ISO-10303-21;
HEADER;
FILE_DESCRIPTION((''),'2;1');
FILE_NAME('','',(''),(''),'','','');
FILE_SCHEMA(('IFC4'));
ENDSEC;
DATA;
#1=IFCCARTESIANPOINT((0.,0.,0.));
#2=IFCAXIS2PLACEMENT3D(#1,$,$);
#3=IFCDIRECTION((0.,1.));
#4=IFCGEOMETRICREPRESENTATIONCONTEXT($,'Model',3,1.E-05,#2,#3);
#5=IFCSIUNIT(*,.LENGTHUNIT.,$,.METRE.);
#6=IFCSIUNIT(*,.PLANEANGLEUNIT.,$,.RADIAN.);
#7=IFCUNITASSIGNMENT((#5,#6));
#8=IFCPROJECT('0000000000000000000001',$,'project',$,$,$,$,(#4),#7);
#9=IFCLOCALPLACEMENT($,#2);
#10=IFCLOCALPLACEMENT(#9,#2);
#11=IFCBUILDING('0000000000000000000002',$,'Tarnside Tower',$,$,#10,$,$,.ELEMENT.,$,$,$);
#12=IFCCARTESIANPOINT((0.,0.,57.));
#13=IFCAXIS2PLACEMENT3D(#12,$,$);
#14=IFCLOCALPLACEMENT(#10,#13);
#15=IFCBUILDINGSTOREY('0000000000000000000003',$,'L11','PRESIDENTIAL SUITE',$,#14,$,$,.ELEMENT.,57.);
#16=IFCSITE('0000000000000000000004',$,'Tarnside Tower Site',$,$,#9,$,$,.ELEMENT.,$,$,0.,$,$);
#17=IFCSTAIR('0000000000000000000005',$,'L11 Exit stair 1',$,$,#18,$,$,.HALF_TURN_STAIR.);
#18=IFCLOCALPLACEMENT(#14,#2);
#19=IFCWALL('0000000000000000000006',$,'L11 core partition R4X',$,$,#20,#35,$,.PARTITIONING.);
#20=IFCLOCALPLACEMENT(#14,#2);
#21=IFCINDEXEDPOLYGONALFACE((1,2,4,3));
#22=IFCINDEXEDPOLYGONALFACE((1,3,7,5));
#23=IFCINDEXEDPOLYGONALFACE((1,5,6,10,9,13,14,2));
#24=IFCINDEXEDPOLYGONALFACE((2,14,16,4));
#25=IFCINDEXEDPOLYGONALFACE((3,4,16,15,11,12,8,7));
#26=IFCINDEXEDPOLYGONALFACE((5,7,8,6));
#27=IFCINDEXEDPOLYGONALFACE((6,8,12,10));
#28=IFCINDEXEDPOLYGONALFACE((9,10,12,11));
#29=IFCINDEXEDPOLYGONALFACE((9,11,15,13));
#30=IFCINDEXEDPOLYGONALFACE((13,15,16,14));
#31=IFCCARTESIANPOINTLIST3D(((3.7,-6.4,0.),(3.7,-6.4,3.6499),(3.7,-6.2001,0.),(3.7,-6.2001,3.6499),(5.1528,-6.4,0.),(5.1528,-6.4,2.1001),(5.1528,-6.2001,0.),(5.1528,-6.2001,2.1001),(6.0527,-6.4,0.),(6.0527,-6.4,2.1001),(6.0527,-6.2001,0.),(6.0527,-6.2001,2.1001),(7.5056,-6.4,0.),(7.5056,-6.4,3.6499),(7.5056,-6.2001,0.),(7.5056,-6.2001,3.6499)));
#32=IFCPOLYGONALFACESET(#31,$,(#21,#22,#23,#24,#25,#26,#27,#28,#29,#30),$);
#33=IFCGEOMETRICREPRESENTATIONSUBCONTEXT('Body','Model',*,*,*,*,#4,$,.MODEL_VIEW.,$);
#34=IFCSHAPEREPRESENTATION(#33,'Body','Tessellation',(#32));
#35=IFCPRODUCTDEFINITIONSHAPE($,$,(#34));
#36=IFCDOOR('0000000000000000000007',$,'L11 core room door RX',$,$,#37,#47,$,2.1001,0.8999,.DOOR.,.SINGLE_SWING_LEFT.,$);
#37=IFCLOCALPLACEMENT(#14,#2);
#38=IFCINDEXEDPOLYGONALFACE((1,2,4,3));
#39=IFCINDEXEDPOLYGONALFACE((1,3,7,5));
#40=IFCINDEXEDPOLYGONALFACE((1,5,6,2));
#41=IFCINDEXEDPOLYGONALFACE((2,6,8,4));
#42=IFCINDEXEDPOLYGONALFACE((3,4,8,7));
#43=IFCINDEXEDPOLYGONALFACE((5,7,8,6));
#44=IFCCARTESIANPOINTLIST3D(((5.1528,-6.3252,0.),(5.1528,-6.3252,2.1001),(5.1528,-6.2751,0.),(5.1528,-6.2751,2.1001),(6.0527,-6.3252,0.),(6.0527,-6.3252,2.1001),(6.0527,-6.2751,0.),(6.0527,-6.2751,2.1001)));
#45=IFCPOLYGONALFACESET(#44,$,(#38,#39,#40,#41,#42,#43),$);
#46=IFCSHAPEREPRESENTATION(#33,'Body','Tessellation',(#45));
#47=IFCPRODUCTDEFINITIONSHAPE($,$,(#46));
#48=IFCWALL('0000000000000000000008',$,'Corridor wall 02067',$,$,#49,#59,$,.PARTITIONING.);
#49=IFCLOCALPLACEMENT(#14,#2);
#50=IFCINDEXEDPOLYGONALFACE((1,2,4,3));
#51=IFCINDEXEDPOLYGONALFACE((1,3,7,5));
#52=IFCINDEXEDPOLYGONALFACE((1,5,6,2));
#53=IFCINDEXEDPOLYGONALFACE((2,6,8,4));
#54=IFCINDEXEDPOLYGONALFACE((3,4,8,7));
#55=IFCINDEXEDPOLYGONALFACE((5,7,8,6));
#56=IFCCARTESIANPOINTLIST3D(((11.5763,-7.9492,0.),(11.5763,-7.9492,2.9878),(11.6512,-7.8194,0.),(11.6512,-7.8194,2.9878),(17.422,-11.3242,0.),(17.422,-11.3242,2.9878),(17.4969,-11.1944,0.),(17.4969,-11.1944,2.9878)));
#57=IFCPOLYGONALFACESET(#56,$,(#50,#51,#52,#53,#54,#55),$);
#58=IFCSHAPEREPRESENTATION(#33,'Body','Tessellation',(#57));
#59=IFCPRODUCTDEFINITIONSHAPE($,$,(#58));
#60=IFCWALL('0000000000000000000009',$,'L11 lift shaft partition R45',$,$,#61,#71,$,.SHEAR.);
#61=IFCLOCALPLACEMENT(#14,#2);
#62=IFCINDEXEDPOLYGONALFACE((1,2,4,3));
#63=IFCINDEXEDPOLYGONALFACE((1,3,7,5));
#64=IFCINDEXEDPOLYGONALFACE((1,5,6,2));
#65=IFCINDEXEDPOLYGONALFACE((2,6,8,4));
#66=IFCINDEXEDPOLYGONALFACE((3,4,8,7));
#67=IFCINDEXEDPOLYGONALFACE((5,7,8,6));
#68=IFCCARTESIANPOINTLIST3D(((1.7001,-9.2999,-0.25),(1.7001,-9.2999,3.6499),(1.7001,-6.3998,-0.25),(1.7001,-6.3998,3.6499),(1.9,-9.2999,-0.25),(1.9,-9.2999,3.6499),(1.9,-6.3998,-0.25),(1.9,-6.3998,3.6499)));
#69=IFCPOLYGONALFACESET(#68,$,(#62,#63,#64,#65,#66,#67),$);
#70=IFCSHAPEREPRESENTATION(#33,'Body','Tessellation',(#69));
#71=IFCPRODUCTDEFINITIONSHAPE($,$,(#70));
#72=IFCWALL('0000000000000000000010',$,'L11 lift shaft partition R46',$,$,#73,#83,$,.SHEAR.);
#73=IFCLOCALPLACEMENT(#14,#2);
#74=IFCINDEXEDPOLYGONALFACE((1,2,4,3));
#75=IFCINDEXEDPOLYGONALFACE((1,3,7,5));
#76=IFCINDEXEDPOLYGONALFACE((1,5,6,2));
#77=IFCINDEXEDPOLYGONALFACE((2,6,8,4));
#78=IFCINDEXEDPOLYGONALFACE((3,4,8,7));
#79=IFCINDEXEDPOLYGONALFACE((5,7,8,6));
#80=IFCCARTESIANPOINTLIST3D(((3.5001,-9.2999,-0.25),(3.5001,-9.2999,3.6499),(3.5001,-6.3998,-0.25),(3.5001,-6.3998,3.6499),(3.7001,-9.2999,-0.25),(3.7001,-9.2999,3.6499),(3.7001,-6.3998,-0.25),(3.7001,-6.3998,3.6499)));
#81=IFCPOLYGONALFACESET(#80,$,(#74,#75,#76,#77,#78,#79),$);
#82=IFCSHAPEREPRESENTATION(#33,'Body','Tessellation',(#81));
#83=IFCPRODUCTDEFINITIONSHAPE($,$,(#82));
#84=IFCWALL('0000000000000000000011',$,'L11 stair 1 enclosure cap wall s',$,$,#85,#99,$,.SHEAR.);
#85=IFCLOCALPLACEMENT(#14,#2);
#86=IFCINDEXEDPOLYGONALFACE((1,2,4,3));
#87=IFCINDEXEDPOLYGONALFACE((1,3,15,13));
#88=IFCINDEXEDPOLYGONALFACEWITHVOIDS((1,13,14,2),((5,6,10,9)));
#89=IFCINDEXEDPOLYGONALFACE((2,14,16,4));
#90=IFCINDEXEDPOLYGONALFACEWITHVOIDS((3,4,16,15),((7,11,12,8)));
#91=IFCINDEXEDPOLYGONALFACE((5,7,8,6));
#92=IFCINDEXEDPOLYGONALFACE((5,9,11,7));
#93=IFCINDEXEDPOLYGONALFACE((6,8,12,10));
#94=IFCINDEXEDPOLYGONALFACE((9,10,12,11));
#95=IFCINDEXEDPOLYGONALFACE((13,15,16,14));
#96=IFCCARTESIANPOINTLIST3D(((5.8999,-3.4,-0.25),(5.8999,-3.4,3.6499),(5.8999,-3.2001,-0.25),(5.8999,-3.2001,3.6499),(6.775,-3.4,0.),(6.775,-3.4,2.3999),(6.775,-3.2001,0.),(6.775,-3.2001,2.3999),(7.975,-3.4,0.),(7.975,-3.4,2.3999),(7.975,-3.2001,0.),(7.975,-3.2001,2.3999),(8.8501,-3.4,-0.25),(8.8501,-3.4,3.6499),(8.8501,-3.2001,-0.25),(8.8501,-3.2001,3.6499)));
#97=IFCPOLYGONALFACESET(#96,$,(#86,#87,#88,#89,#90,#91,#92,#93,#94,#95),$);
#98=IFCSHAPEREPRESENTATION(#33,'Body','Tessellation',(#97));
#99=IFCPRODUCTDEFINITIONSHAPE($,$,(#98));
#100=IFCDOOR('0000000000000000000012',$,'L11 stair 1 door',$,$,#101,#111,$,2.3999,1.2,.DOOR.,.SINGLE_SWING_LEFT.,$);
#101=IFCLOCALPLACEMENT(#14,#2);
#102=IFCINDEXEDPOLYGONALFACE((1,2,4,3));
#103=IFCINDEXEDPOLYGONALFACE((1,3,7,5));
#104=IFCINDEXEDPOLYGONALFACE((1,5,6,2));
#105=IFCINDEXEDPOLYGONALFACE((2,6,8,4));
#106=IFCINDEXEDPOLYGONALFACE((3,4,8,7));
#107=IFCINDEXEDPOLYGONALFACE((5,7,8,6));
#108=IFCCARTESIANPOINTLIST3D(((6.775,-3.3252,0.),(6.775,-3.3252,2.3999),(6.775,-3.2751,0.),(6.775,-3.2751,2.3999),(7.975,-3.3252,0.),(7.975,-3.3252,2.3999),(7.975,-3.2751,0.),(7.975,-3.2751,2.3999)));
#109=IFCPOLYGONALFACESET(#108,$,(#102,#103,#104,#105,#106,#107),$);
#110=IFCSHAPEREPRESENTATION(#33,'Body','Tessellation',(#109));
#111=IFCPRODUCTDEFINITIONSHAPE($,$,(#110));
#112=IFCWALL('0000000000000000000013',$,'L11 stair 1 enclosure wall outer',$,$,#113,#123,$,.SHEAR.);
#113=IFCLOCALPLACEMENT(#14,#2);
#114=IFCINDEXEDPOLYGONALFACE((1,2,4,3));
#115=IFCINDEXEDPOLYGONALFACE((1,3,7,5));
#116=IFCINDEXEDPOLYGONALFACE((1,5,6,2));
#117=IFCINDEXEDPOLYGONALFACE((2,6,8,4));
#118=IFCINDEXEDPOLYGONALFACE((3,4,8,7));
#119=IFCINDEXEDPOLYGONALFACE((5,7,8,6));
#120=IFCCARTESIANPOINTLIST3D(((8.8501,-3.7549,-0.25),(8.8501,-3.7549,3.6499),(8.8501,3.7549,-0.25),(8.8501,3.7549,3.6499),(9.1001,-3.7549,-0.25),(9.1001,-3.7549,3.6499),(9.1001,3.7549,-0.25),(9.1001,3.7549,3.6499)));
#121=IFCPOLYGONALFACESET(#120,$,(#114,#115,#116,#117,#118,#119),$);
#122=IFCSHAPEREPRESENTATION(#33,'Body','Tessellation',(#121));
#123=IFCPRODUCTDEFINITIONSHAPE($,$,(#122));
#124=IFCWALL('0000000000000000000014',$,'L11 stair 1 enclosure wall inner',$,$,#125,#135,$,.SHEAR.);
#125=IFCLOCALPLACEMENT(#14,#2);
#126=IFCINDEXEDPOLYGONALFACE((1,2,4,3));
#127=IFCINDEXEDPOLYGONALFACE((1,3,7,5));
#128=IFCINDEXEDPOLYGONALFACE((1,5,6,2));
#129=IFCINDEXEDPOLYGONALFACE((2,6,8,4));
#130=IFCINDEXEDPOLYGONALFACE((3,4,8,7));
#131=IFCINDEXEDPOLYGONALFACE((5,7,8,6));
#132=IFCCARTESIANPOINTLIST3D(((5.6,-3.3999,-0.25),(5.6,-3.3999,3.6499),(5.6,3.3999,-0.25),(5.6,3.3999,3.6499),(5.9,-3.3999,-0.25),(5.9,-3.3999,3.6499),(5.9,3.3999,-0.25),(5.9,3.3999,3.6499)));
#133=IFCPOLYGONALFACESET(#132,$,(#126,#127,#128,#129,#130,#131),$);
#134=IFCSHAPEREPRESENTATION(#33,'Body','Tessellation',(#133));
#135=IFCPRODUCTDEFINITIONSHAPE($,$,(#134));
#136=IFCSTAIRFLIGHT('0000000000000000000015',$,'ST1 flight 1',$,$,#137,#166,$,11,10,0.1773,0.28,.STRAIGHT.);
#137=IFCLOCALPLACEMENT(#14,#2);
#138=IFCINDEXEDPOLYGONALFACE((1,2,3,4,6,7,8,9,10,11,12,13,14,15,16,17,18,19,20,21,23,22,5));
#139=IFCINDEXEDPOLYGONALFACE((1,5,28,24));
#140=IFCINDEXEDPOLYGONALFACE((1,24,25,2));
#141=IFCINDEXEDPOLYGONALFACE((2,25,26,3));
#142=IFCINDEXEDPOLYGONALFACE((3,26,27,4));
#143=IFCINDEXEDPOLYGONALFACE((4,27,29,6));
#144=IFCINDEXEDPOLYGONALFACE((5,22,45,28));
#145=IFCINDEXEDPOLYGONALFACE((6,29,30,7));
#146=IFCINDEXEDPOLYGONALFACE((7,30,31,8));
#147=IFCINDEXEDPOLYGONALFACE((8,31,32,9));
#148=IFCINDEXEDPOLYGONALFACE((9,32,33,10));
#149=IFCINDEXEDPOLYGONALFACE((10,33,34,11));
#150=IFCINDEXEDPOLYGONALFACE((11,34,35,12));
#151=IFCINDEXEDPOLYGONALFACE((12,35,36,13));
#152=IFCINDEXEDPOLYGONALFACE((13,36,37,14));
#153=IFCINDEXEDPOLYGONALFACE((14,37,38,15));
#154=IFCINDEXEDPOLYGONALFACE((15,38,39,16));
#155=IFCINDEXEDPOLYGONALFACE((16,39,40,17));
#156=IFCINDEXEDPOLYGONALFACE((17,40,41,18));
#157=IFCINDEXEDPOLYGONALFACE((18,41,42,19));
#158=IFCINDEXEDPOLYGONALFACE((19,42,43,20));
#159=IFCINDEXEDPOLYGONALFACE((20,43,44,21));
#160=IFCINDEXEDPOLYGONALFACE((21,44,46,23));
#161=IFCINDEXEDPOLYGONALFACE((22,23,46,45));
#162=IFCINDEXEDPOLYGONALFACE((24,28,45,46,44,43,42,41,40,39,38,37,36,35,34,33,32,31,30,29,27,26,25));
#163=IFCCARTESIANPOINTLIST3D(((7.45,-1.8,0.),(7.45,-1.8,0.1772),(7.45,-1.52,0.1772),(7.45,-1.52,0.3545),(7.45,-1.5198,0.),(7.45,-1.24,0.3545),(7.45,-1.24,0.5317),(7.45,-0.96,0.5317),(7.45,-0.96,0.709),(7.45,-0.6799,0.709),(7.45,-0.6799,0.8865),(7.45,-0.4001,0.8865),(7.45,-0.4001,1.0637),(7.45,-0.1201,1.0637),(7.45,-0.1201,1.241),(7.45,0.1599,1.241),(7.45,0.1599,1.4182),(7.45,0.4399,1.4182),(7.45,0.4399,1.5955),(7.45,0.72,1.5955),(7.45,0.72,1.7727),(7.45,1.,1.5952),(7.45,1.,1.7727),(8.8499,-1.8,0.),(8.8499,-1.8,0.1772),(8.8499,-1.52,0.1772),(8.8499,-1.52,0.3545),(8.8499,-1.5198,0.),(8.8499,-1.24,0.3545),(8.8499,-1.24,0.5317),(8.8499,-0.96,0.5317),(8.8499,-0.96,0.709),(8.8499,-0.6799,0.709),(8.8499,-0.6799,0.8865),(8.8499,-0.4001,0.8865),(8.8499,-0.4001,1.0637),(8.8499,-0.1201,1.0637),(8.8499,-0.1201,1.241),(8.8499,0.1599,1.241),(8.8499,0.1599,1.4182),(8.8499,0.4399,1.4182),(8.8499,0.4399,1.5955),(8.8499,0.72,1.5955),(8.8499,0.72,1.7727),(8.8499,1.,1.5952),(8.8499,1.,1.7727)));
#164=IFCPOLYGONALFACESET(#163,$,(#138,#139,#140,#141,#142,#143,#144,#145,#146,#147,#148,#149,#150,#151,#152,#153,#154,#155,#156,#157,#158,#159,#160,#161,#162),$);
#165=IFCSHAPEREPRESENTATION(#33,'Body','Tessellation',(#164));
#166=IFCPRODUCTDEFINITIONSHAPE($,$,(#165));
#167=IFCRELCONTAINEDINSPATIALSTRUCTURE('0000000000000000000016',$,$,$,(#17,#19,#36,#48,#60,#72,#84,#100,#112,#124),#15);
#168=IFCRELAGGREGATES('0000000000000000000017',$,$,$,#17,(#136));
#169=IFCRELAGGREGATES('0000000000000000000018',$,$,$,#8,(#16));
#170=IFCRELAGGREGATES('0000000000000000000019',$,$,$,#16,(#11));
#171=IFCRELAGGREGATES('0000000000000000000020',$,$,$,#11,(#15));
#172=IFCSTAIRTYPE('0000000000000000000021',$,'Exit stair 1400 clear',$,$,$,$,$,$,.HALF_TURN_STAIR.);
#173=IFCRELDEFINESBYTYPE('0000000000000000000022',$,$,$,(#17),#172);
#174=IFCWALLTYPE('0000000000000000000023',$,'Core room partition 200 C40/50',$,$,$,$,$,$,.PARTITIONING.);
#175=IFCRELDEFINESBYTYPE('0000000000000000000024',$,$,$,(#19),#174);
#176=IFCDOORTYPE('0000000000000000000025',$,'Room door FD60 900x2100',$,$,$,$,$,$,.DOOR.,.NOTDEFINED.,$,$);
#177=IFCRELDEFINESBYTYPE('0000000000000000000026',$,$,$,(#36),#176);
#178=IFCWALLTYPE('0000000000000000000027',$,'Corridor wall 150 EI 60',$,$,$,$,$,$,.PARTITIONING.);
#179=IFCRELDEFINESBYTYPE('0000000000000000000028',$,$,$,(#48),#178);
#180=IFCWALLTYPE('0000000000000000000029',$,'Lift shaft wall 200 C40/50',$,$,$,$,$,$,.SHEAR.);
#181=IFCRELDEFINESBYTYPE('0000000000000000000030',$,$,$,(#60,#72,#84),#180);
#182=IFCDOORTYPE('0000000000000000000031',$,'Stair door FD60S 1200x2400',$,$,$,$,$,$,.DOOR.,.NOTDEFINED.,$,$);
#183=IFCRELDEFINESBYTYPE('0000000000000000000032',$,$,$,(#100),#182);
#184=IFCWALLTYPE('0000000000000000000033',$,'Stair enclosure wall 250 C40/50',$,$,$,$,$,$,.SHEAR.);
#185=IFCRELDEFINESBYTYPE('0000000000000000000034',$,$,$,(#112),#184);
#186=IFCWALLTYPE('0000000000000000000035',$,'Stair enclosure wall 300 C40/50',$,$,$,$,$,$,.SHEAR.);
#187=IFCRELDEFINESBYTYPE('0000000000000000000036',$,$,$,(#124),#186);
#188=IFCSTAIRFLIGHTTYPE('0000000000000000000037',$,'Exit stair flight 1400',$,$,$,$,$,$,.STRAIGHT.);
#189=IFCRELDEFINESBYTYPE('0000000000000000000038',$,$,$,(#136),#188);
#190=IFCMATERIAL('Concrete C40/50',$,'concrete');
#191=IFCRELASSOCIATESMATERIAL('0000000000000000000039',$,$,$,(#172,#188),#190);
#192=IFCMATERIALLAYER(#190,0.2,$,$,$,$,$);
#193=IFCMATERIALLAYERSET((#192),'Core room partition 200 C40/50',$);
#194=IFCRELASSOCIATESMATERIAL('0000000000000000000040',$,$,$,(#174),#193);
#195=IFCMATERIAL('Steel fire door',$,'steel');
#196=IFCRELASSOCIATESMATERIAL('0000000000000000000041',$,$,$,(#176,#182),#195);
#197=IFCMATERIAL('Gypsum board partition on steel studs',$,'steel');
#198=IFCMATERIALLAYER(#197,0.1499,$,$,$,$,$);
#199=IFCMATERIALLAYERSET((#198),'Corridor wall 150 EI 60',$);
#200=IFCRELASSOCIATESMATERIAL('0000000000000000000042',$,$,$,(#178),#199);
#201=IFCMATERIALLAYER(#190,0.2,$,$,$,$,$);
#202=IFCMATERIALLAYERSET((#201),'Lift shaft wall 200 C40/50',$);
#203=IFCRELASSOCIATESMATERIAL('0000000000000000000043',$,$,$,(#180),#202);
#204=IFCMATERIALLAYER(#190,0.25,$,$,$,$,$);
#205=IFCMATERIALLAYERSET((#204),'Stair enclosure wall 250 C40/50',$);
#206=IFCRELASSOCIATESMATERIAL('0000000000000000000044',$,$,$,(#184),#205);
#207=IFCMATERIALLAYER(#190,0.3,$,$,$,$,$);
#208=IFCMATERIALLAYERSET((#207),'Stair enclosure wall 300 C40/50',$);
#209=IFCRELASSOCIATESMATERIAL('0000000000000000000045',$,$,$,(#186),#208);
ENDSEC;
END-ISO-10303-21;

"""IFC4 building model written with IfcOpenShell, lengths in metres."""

from ifc_helpers import new_model, si_unit, direction, frame, frame_2d, origin, place, context, subcontext, project, spatial, polyline, rectangle, outline, extrude, material, layer, layer_set, type_object, element, fill, aggregate, save


model = new_model("IFC4")

# Units and contexts
model_context = context("Model", 3, precision=1e-05, world=origin(), true_north=direction((0.0, 1.0)))
body_context = subcontext(model_context, "Body", "Model", "MODEL_VIEW")
ifc_project = project(units=[si_unit("LENGTHUNIT", "METRE"), si_unit("PLANEANGLEUNIT", "RADIAN")], contexts=[model_context])

# Site, building, storey
site_placement = place(None, origin())
site = spatial("IfcSite", under=ifc_project, at=site_placement, Name="Tarnside Tower Site", CompositionType="ELEMENT", RefElevation=0.0)
building_placement = place(site_placement, origin())
building = spatial("IfcBuilding", under=site, at=building_placement, Name="Tarnside Tower", CompositionType="ELEMENT")
storey_placement = place(building_placement, frame((0.0, 0.0, 57.0)))
storey = spatial("IfcBuildingStorey", under=building, at=storey_placement, Name="L11", Description="PRESIDENTIAL SUITE", CompositionType="ELEMENT", Elevation=57.0)

# Shared definitions
ifc_material_1 = material(Name="Concrete C40/50", Category="concrete")

# Stair
stair_type = type_object("IfcStairType", Name="Exit stair 1400 clear", PredefinedType="HALF_TURN_STAIR", material=ifc_material_1)
stair_1_placement = place(storey_placement, origin())
stair_1 = element("IfcStair", 1, at=stair_1_placement, inside=storey, type_object=stair_type, Name="L11 Exit stair 1", PredefinedType="HALF_TURN_STAIR")

# Wall, opening, door
ifc_layer_1 = layer(ifc_material_1, 0.2)
ifc_layer_set_1 = layer_set([ifc_layer_1], Name="Core room partition 200 C40/50")
wall_type_1 = type_object("IfcWallType", Name="Core room partition 200 C40/50", PredefinedType="PARTITIONING", material=ifc_layer_set_1)
ifc_material_2 = material(Name="Steel fire door", Category="steel")
door_type_1 = type_object("IfcDoorType", Name="Room door FD60 900x2100", OperationType="NOTDEFINED", PredefinedType="DOOR", material=ifc_material_2)
wall_1_placement = place(storey_placement, frame((3.7, -6.3, 0.0), z_axis=(0.0, 0.0, 1.0), x_axis=(1.0, 0.0, 0.0)))
wall_1 = element("IfcWall", 2, at=wall_1_placement, inside=storey, type_object=wall_type_1, Name="L11 core partition R4X", PredefinedType="PARTITIONING", context=body_context, shape_type="SweptSolid", body=[
    extrude(rectangle(XDim=3.8057, YDim=0.2, at=frame_2d((1.9028, 0.0))), origin(), (0.0, 0.0, 1.0), 3.6499),
])
opening_1_placement = place(wall_1_placement, frame((1.4529, 0.0, 0.0)))
opening_1 = element("IfcOpeningElement", 3, at=opening_1_placement, cuts=wall_1, PredefinedType="OPENING", context=body_context, shape_type="SweptSolid", body=[
    extrude(rectangle(XDim=0.8999, YDim=2.1001, at=frame_2d((0.45, 1.05))), frame((0.0, 0.1099, 0.0), z_axis=(0.0, -1.0, 0.0), x_axis=(1.0, 0.0, 0.0)), (0.0, 0.0, 1.0), 0.22),
])
door_1_placement = place(opening_1_placement, origin())
door_1 = element("IfcDoor", 4, at=door_1_placement, inside=storey, type_object=door_type_1, Name="L11 core room door RX", OperationType="SINGLE_SWING_LEFT", OverallHeight=2.1001, OverallWidth=0.8999, PredefinedType="DOOR", context=body_context, shape_type="SweptSolid", body=[
    extrude(rectangle(XDim=0.8999, YDim=2.1001, at=frame_2d((0.45, 1.05))), frame((0.0, 0.0249, 0.0), z_axis=(0.0, -1.0, 0.0), x_axis=(1.0, 0.0, 0.0)), (0.0, 0.0, 1.0), 0.05),
])
fill(opening_1, door_1)

# Walls
ifc_material_3 = material(Name="Gypsum board partition on steel studs", Category="steel")
ifc_layer_2 = layer(ifc_material_3, 0.1499)
ifc_layer_set_2 = layer_set([ifc_layer_2], Name="Corridor wall 150 EI 60")
wall_type_2 = type_object("IfcWallType", Name="Corridor wall 150 EI 60", PredefinedType="PARTITIONING", material=ifc_layer_set_2)
wall_2_placement = place(storey_placement, frame((11.6138, -7.8843, 0.0), z_axis=(0.0, 0.0, 1.0), x_axis=(0.866027, -0.499998, 0.0)))
element("IfcWall", 5, at=wall_2_placement, inside=storey, type_object=wall_type_2, Name="Corridor wall 02067", PredefinedType="PARTITIONING", context=body_context, shape_type="SweptSolid", body=[
    extrude(rectangle(XDim=6.75, YDim=0.1499, at=frame_2d((3.375, 0.0))), origin(), (0.0, 0.0, 1.0), 2.9878),
])
ifc_layer_3 = layer(ifc_material_1, 0.2)
ifc_layer_set_3 = layer_set([ifc_layer_3], Name="Lift shaft wall 200 C40/50")
wall_type_3 = type_object("IfcWallType", Name="Lift shaft wall 200 C40/50", PredefinedType="SHEAR", material=ifc_layer_set_3)
for number, where, z_axis, x_axis, name in (
    (6, (1.8, -9.3, -0.25), (0.0, 0.0, 1.0), (0.0, 1.0, 0.0), "L11 lift shaft partition R45"),
    (7, (3.6001, -9.3, -0.25), (0.0, 0.0, 1.0), (0.0, 1.0, 0.0), "L11 lift shaft partition R46"),
):
    element("IfcWall", number, at=place(storey_placement, frame(where, z_axis=z_axis, x_axis=x_axis)), inside=storey, type_object=wall_type_3, Name=name, PredefinedType="SHEAR", context=body_context, shape_type="SweptSolid", body=[
        extrude(rectangle(XDim=2.9001, YDim=0.2, at=frame_2d((1.4502, 0.0))), origin(), (0.0, 0.0, 1.0), 3.8999),
    ])

# Wall, opening, door
wall_3_placement = place(storey_placement, frame((5.8999, -3.3, -0.25), z_axis=(0.0, 0.0, 1.0), x_axis=(1.0, 0.0, 0.0)))
wall_3 = element("IfcWall", 8, at=wall_3_placement, inside=storey, type_object=wall_type_3, Name="L11 stair 1 enclosure cap wall s", PredefinedType="SHEAR", context=body_context, shape_type="SweptSolid", body=[
    extrude(rectangle(XDim=2.9502, YDim=0.2, at=frame_2d((1.4751, 0.0))), origin(), (0.0, 0.0, 1.0), 3.8999),
])
opening_2_placement = place(wall_3_placement, frame((0.875, 0.0, 0.25)))
opening_2 = element("IfcOpeningElement", 9, at=opening_2_placement, cuts=wall_3, PredefinedType="OPENING", context=body_context, shape_type="SweptSolid", body=[
    extrude(rectangle(XDim=1.2, YDim=2.3999, at=frame_2d((0.6001, 1.2))), frame((0.0, 0.1099, 0.0), z_axis=(0.0, -1.0, 0.0), x_axis=(1.0, 0.0, 0.0)), (0.0, 0.0, 1.0), 0.22),
])
door_type_2 = type_object("IfcDoorType", Name="Stair door FD60S 1200x2400", OperationType="NOTDEFINED", PredefinedType="DOOR", material=ifc_material_2)
door_2_placement = place(opening_2_placement, origin())
door_2 = element("IfcDoor", 10, at=door_2_placement, inside=storey, type_object=door_type_2, Name="L11 stair 1 door", OperationType="SINGLE_SWING_LEFT", OverallHeight=2.3999, OverallWidth=1.2, PredefinedType="DOOR", context=body_context, shape_type="SweptSolid", body=[
    extrude(rectangle(XDim=1.2, YDim=2.3999, at=frame_2d((0.6001, 1.2))), frame((0.0, 0.0249, 0.0), z_axis=(0.0, -1.0, 0.0), x_axis=(1.0, 0.0, 0.0)), (0.0, 0.0, 1.0), 0.05),
])
fill(opening_2, door_2)

# Walls
ifc_layer_4 = layer(ifc_material_1, 0.25)
ifc_layer_set_4 = layer_set([ifc_layer_4], Name="Stair enclosure wall 250 C40/50")
wall_type_4 = type_object("IfcWallType", Name="Stair enclosure wall 250 C40/50", PredefinedType="SHEAR", material=ifc_layer_set_4)
wall_4_placement = place(storey_placement, frame((8.9751, -3.7549, -0.25), z_axis=(0.0, 0.0, 1.0), x_axis=(0.0, 1.0, 0.0)))
element("IfcWall", 11, at=wall_4_placement, inside=storey, type_object=wall_type_4, Name="L11 stair 1 enclosure wall outer", PredefinedType="SHEAR", context=body_context, shape_type="SweptSolid", body=[
    extrude(rectangle(XDim=7.5098, YDim=0.25, at=frame_2d((3.7549, 0.0))), origin(), (0.0, 0.0, 1.0), 3.8999),
])
ifc_layer_5 = layer(ifc_material_1, 0.3)
ifc_layer_set_5 = layer_set([ifc_layer_5], Name="Stair enclosure wall 300 C40/50")
wall_type_5 = type_object("IfcWallType", Name="Stair enclosure wall 300 C40/50", PredefinedType="SHEAR", material=ifc_layer_set_5)
wall_5_placement = place(storey_placement, frame((5.75, -3.3999, -0.25), z_axis=(0.0, 0.0, 1.0), x_axis=(0.0, 1.0, 0.0)))
element("IfcWall", 12, at=wall_5_placement, inside=storey, type_object=wall_type_5, Name="L11 stair 1 enclosure wall inner", PredefinedType="SHEAR", context=body_context, shape_type="SweptSolid", body=[
    extrude(rectangle(XDim=6.7998, YDim=0.3, at=frame_2d((3.3999, 0.0))), origin(), (0.0, 0.0, 1.0), 3.8999),
])

# Stair flight
stair_flight_type = type_object("IfcStairFlightType", Name="Exit stair flight 1400", PredefinedType="STRAIGHT", material=ifc_material_1)
stair_flight_placement = place(storey_placement, frame((8.1499, -1.8, 0.0), z_axis=(0.0, 0.0, 1.0), x_axis=(0.0, 1.0, 0.0)))
stair_flight = element("IfcStairFlight", 13, at=stair_flight_placement, type_object=stair_flight_type, Name="ST1 flight 1", NumberOfRisers=11, NumberOfTreads=10, PredefinedType="STRAIGHT", RiserHeight=0.1773, TreadLength=0.28, context=body_context, shape_type="SweptSolid", body=[
    extrude(outline(polyline([(0.0, 0.0), (0.0, 0.1772), (0.28, 0.1772), (0.28, 0.3545), (0.5601, 0.3545), (0.5601, 0.5317), (0.8401, 0.5317), (0.8401, 0.709), (1.1201, 0.709), (1.1201, 0.8865), (1.3999, 0.8865), (1.3999, 1.0637), (1.6799, 1.0637), (1.6799, 1.241), (1.96, 1.241), (1.96, 1.4182), (2.24, 1.4182), (2.24, 1.5955), (2.52, 1.5955), (2.52, 1.7727), (2.8, 1.7727), (2.8, 1.95), (2.8, 1.5952), (0.2803, 0.0), (0.0, 0.0)])), frame((0.0, 0.7, 0.0), z_axis=(0.0, -1.0, 0.0), x_axis=(1.0, 0.0, 0.0)), (0.0, 0.0, 1.0), 1.3999),
])
aggregate(stair_1, [stair_flight])

save(model, "model.ifc")
